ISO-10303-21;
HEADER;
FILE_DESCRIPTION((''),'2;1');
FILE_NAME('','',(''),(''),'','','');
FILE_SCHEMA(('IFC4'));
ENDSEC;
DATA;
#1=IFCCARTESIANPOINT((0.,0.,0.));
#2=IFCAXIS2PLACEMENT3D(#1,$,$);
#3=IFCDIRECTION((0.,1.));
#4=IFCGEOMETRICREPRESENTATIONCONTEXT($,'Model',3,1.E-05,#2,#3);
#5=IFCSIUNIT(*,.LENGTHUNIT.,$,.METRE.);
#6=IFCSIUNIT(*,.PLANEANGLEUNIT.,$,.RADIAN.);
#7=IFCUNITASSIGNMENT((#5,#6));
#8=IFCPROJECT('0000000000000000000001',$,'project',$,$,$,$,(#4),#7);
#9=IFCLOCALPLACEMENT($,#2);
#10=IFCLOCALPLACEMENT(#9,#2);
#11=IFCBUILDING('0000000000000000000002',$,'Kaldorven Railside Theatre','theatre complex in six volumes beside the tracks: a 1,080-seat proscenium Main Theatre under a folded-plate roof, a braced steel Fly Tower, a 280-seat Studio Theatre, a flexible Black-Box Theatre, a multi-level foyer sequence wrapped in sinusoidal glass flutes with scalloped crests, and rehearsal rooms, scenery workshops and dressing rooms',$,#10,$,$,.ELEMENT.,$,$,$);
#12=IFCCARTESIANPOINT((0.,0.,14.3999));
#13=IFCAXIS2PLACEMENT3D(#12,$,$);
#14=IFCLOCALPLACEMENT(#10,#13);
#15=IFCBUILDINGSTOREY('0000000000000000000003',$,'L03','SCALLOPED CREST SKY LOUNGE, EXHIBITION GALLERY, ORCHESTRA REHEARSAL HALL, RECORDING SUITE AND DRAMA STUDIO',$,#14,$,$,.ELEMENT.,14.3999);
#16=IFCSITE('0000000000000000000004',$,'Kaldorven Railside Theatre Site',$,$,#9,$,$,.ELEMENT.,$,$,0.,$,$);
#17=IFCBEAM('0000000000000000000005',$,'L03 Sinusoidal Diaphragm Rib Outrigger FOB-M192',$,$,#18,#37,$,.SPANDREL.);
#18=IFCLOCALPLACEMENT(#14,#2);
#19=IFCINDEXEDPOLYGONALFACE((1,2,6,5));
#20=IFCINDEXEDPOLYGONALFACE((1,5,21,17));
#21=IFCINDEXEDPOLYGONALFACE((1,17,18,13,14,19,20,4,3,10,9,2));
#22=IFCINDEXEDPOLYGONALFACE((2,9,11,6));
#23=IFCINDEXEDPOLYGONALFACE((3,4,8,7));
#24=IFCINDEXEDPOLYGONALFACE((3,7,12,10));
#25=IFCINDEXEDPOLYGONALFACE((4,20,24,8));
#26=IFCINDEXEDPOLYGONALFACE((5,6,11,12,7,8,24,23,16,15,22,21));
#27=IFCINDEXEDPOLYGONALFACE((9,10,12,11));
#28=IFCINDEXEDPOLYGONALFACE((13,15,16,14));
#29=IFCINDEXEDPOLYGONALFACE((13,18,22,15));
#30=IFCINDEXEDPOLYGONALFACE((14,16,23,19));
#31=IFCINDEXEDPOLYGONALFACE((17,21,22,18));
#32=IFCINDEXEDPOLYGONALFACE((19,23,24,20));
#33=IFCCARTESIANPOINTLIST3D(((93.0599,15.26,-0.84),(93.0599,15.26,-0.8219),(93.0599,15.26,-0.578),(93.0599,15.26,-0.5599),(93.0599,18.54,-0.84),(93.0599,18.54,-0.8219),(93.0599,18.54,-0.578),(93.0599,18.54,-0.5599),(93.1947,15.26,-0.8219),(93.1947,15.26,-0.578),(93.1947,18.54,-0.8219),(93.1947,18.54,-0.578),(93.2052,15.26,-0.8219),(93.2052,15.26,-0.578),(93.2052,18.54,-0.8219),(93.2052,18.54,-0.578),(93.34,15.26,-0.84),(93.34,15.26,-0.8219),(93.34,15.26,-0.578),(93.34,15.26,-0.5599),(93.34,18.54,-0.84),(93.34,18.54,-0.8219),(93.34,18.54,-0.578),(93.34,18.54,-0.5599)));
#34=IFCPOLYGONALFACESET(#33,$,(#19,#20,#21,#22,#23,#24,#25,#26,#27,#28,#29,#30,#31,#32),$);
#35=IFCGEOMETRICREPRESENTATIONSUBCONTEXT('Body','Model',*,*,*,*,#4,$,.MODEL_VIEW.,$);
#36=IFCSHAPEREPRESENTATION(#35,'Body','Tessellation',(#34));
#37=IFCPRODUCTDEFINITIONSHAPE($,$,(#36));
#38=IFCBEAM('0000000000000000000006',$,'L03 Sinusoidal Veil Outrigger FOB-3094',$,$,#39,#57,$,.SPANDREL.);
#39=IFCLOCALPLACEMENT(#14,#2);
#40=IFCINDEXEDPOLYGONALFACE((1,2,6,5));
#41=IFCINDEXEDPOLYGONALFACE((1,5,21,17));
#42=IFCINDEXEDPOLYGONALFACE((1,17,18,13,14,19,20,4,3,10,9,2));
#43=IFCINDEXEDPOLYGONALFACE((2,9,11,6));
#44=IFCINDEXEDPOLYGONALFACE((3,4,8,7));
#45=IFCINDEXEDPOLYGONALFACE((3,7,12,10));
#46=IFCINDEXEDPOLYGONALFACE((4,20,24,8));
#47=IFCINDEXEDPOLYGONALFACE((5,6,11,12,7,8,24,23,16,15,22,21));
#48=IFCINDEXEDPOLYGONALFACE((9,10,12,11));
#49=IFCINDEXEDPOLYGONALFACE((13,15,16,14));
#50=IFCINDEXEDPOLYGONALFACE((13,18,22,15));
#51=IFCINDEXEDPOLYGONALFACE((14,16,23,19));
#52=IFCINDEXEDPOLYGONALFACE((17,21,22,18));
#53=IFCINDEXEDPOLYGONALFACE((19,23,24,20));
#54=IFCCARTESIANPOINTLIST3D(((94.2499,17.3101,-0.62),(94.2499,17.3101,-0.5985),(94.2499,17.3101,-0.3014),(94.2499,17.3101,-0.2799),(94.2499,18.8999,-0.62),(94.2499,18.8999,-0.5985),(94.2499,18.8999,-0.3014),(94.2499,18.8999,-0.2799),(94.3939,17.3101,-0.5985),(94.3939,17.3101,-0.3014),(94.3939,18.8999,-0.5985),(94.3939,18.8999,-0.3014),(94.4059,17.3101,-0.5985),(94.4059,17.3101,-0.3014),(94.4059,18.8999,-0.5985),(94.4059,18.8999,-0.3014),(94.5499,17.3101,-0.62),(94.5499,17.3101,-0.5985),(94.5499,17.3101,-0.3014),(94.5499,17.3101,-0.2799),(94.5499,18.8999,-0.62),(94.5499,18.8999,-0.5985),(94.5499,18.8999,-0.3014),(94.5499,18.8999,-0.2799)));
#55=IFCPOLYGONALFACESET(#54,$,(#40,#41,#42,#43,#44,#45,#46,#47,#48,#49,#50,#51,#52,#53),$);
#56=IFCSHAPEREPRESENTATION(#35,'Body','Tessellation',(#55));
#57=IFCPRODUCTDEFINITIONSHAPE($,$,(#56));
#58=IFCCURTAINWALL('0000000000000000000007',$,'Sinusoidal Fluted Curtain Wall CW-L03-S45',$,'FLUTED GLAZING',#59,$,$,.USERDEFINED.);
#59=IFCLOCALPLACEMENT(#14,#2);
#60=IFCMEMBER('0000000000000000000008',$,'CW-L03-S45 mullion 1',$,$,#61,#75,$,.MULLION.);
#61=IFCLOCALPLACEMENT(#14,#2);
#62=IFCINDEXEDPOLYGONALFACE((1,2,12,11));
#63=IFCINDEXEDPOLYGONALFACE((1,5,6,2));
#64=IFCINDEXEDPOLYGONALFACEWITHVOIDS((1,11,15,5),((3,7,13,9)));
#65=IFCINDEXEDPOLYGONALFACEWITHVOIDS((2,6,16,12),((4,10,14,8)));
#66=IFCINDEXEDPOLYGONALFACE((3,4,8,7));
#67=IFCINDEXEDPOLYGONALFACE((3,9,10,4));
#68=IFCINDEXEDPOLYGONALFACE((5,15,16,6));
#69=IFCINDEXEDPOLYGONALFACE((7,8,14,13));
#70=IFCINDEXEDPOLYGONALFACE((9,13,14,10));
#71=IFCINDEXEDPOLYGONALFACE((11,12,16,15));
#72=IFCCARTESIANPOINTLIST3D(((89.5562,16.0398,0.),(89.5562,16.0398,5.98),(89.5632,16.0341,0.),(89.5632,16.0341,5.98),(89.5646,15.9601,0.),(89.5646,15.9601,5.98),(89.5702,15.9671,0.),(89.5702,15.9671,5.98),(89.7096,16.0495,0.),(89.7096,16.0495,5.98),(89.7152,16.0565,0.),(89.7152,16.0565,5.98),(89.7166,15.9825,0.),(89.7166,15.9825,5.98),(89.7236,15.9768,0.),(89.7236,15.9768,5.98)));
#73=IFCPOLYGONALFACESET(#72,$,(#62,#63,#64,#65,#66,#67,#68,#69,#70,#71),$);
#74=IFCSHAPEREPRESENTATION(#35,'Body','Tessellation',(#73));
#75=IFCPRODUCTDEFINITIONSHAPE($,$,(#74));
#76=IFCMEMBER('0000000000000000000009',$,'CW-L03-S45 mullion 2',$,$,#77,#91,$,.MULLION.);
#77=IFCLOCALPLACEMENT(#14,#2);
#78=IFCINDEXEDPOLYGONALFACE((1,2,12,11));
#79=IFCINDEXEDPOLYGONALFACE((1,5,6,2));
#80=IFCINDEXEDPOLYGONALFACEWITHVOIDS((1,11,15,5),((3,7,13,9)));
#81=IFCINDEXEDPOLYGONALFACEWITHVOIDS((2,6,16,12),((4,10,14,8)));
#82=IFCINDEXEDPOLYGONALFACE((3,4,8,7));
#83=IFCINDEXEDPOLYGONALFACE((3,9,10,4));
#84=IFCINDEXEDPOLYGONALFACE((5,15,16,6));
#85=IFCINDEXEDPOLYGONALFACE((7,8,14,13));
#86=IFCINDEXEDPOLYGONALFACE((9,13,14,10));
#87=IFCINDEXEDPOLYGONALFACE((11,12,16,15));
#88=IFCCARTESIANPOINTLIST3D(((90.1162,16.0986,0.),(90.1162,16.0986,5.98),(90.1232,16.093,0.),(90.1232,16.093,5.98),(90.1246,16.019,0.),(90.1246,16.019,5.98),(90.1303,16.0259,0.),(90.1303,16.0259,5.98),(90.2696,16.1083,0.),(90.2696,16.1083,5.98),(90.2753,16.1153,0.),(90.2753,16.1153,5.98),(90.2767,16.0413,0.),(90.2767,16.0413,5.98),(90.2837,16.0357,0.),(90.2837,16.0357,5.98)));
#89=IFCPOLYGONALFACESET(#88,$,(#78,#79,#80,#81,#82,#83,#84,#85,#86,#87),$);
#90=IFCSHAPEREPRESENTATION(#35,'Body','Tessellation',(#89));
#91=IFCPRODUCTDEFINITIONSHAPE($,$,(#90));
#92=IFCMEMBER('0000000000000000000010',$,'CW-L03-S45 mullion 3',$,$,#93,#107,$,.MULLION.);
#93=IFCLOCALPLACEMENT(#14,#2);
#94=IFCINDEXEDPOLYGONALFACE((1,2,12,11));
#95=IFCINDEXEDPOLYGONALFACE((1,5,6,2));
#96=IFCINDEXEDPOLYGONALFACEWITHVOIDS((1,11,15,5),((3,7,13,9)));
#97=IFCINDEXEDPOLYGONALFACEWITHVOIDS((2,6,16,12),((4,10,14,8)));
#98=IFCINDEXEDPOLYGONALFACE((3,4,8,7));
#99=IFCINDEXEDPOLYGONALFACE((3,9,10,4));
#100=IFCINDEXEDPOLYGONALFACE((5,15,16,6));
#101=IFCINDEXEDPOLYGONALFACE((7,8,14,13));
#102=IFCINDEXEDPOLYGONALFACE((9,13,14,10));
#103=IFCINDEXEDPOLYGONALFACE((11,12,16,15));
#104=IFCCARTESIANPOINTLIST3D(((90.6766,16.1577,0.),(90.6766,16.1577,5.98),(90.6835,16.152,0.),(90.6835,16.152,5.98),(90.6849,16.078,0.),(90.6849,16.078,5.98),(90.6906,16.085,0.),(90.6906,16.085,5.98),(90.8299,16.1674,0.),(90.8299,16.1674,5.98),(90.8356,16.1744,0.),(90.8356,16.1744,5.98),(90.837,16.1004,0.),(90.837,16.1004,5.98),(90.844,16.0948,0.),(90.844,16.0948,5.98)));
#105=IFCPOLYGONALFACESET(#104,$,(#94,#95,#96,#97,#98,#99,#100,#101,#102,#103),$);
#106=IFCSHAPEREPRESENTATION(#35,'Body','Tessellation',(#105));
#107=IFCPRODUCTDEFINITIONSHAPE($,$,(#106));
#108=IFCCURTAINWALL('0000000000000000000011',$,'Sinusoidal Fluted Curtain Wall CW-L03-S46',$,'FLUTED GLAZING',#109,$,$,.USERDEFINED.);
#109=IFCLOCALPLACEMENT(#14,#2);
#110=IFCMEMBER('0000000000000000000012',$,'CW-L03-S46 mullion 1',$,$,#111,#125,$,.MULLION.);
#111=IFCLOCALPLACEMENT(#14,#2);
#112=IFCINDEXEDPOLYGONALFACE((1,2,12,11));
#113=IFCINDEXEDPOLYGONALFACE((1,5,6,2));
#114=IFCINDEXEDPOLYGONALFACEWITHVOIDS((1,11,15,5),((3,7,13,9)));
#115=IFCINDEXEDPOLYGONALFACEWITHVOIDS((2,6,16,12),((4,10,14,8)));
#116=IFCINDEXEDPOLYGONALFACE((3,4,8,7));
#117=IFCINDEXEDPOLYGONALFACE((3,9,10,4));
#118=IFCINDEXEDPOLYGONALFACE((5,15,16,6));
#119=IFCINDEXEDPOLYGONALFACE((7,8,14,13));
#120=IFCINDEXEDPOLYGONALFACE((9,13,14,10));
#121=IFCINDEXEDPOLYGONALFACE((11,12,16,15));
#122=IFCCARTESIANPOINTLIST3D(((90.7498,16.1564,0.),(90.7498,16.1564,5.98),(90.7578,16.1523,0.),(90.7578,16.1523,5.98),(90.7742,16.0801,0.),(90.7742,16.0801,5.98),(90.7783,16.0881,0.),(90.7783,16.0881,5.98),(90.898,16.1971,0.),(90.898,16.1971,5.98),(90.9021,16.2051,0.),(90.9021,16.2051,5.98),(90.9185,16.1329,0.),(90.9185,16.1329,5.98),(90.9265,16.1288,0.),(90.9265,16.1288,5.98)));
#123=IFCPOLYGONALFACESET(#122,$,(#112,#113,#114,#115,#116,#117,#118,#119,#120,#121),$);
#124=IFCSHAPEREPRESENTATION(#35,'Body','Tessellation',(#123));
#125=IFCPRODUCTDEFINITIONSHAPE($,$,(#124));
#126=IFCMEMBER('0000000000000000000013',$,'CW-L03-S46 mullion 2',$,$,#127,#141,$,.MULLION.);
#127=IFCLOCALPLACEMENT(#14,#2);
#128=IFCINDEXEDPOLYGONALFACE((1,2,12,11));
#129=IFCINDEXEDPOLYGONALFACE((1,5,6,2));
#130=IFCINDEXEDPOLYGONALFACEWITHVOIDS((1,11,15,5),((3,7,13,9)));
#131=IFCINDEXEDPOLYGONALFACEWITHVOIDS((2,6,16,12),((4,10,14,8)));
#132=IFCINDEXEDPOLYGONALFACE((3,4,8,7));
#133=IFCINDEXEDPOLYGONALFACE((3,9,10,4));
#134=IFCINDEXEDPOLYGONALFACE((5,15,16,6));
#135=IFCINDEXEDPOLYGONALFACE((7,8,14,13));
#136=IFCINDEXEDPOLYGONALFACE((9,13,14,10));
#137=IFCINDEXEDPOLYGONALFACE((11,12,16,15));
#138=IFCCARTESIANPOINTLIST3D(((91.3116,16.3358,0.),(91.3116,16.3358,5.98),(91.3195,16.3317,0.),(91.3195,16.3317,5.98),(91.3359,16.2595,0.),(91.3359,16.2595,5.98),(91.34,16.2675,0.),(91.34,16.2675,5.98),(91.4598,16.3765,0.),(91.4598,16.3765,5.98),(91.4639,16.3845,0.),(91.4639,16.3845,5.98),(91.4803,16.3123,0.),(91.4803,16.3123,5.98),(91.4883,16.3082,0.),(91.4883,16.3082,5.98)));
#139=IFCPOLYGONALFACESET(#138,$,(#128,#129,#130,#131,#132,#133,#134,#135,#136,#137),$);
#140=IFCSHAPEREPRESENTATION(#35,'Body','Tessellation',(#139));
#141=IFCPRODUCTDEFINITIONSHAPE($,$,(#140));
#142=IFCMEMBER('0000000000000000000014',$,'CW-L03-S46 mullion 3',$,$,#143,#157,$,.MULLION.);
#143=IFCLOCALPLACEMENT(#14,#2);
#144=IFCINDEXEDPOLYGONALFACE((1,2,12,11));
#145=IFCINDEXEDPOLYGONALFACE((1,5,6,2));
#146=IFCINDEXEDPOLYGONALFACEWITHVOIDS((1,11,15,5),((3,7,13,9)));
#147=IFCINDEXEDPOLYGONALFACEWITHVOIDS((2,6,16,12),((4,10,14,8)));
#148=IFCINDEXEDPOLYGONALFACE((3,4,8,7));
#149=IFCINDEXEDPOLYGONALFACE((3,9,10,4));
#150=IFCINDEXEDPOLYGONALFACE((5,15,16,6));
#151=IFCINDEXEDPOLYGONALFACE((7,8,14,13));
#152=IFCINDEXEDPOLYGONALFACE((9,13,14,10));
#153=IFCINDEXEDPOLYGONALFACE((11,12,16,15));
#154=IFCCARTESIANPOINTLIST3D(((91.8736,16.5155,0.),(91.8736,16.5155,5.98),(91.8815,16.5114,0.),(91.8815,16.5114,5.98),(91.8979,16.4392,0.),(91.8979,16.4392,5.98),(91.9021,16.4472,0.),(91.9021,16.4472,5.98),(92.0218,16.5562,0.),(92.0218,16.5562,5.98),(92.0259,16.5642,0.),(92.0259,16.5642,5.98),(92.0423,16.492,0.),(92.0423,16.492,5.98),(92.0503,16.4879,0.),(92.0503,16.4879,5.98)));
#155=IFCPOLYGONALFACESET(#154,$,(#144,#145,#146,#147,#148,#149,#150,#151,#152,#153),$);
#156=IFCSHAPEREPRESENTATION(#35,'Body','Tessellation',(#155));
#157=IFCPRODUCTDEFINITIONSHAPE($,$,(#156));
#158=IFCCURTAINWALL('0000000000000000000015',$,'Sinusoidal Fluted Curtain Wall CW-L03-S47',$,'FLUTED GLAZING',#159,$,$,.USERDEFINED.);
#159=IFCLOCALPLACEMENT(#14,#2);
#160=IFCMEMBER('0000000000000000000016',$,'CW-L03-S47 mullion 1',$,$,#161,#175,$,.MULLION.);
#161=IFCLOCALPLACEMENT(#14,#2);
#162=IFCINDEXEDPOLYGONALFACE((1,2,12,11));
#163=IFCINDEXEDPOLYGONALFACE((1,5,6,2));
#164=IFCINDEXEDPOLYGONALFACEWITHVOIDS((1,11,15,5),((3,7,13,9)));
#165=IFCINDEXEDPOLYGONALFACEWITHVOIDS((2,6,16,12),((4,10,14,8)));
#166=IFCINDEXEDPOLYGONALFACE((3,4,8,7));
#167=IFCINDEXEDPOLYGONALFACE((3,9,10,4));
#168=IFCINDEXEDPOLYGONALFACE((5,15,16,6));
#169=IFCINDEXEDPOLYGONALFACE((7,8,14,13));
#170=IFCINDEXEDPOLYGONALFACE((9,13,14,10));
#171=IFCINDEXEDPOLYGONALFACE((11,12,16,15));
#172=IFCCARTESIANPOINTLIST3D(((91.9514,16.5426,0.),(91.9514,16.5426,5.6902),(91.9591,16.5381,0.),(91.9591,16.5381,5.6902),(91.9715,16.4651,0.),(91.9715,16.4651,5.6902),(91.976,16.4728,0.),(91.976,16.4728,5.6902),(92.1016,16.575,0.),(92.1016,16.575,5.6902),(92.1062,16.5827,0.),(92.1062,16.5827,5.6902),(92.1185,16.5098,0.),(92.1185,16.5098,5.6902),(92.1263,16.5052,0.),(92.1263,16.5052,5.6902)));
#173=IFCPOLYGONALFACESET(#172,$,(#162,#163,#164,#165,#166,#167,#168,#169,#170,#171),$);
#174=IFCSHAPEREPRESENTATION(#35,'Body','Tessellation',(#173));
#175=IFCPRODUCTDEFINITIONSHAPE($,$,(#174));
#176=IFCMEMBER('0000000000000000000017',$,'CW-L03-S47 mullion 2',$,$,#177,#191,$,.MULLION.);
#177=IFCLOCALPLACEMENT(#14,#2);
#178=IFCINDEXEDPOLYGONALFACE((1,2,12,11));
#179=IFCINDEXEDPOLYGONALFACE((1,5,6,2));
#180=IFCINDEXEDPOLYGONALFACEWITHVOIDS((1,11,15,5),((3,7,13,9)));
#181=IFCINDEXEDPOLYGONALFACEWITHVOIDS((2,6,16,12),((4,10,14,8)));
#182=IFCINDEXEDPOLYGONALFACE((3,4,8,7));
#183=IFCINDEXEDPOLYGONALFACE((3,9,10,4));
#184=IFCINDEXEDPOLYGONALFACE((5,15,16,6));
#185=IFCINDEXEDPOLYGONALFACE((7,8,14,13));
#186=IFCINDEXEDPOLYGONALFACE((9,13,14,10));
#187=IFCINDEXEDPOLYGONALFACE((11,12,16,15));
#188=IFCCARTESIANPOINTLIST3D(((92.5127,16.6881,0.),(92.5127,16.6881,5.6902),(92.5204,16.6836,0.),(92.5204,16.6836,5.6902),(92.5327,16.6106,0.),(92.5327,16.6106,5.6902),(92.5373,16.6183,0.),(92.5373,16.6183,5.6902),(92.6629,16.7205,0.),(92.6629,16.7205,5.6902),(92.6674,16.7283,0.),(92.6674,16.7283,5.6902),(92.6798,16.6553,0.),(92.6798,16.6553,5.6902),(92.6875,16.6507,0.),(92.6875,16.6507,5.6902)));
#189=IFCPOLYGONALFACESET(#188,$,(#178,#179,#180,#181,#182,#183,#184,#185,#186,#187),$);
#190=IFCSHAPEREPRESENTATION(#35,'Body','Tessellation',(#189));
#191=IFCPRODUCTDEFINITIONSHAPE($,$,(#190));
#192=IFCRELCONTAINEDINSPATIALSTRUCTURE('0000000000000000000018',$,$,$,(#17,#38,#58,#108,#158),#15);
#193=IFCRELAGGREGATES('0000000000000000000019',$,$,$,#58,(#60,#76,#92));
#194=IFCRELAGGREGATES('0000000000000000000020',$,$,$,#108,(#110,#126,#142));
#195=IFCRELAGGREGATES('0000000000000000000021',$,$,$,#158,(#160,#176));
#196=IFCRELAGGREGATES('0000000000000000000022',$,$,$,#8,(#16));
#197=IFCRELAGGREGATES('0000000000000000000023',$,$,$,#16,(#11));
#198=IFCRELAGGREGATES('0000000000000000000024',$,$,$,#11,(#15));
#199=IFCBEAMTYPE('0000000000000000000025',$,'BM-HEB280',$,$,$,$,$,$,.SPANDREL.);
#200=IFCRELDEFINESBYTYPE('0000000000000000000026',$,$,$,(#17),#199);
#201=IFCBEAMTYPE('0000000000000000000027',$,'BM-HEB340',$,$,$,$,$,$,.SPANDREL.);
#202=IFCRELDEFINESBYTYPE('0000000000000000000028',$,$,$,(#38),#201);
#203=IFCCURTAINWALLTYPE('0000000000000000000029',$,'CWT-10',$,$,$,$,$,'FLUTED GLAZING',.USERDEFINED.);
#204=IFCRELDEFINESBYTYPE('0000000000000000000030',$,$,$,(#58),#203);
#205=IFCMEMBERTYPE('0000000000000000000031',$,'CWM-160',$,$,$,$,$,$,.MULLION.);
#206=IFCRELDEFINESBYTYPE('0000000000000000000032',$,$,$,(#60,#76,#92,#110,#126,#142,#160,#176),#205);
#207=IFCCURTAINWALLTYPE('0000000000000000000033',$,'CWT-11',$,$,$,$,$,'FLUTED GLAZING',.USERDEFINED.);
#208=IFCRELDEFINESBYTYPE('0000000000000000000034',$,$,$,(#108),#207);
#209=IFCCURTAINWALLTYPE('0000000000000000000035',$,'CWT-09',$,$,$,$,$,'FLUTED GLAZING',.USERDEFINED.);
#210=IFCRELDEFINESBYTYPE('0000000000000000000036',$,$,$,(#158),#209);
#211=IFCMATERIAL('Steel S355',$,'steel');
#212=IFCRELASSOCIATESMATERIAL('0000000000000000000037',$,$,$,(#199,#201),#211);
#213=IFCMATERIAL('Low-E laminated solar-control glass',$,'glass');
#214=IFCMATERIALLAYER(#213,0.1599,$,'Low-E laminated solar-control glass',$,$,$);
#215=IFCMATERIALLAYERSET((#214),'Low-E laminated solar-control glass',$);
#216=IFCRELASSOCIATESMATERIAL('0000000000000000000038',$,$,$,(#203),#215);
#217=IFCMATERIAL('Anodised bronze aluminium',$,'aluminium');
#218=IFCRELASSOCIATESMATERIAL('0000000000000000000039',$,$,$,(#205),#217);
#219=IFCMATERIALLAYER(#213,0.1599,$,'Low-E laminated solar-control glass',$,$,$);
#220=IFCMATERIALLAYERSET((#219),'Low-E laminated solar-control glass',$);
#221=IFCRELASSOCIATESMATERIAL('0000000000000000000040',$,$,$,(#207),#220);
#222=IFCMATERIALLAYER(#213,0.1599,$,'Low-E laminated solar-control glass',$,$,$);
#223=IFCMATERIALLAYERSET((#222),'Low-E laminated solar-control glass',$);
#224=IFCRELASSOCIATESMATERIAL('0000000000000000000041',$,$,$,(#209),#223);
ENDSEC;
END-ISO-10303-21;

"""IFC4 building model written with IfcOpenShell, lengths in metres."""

from ifc_helpers import new_model, si_unit, direction, frame, origin, origin_2d, place, context, subcontext, project, spatial, hollow_rectangle, i_section, extrude, material, layer, layer_set, material_profile, profile_set, type_object, element, aggregate, save


model = new_model("IFC4")

# Units and contexts
model_context = context("Model", 3, precision=1e-05, world=origin(), true_north=direction((0.0, 1.0)))
body_context = subcontext(model_context, "Body", "Model", "MODEL_VIEW")
ifc_project = project(units=[si_unit("LENGTHUNIT", "METRE"), si_unit("PLANEANGLEUNIT", "RADIAN")], contexts=[model_context])

# Site, building, storey
site_placement = place(None, origin())
site = spatial("IfcSite", under=ifc_project, at=site_placement, Name="Kaldorven Railside Theatre Site", CompositionType="ELEMENT", RefElevation=0.0)
building_placement = place(site_placement, origin())
building = spatial("IfcBuilding", under=site, at=building_placement, Name="Kaldorven Railside Theatre", Description="theatre complex in six volumes beside the tracks: a 1,080-seat proscenium Main Theatre under a folded-plate roof, a braced steel Fly Tower, a 280-seat Studio Theatre, a flexible Black-Box Theatre, a multi-level foyer sequence wrapped in sinusoidal glass flutes with scalloped crests, and rehearsal rooms, scenery workshops and dressing rooms", CompositionType="ELEMENT")
storey_placement = place(building_placement, frame((0.0, 0.0, 14.3999)))
storey = spatial("IfcBuildingStorey", under=building, at=storey_placement, Name="L03", Description="SCALLOPED CREST SKY LOUNGE, EXHIBITION GALLERY, ORCHESTRA REHEARSAL HALL, RECORDING SUITE AND DRAMA STUDIO", CompositionType="ELEMENT", Elevation=14.3999)

# Beams
ifc_material_1 = material(Name="Steel S355", Category="steel")
ifc_material_profile_1 = material_profile(ifc_material_1, i_section(OverallWidth=0.28, OverallDepth=0.28, WebThickness=0.0105, FlangeThickness=0.0181, at=origin_2d()), Name="HEB 280")
ifc_profile_set_1 = profile_set([ifc_material_profile_1], Name="Steel S355")
beam_type_1 = type_object("IfcBeamType", Name="BM-HEB280", PredefinedType="SPANDREL", material=ifc_profile_set_1)
beam_1_placement = place(storey_placement, frame((93.2, 15.26, -0.7), z_axis=(0.0, 1.0, 0.0), x_axis=(-1.0, 0.0, 0.0)))
element("IfcBeam", 1, at=beam_1_placement, inside=storey, type_object=beam_type_1, Name="L03 Sinusoidal Diaphragm Rib Outrigger FOB-M192", PredefinedType="SPANDREL", context=body_context, shape_type="SweptSolid", body=[
    extrude(i_section(OverallWidth=0.28, OverallDepth=0.28, WebThickness=0.0105, FlangeThickness=0.0181, at=origin_2d()), origin(), (0.0, 0.0, 1.0), 3.28),
])
ifc_material_profile_2 = material_profile(ifc_material_1, i_section(OverallWidth=0.3, OverallDepth=0.3401, WebThickness=0.012, FlangeThickness=0.0215, at=origin_2d()), Name="HEB 340")
ifc_profile_set_2 = profile_set([ifc_material_profile_2], Name="Steel S355")
beam_type_2 = type_object("IfcBeamType", Name="BM-HEB340", PredefinedType="SPANDREL", material=ifc_profile_set_2)
beam_2_placement = place(storey_placement, frame((94.3999, 17.3101, -0.45), z_axis=(0.0, 1.0, 0.0), x_axis=(-1.0, 0.0, 0.0)))
element("IfcBeam", 2, at=beam_2_placement, inside=storey, type_object=beam_type_2, Name="L03 Sinusoidal Veil Outrigger FOB-3094", PredefinedType="SPANDREL", context=body_context, shape_type="SweptSolid", body=[
    extrude(i_section(OverallWidth=0.3, OverallDepth=0.3401, WebThickness=0.012, FlangeThickness=0.0215, at=origin_2d()), origin(), (0.0, 0.0, 1.0), 1.5898),
])

# Curtain walls, members
ifc_material_2 = material(Name="Low-E laminated solar-control glass", Category="glass")
ifc_layer_1 = layer(ifc_material_2, 0.1599, Name="Low-E laminated solar-control glass")
ifc_layer_set_1 = layer_set([ifc_layer_1], Name="Low-E laminated solar-control glass")
curtain_wall_type_1 = type_object("IfcCurtainWallType", Name="CWT-10", ElementType="FLUTED GLAZING", PredefinedType="USERDEFINED", material=ifc_layer_set_1)
curtain_wall_1_placement = place(storey_placement, origin())
curtain_wall_1 = element("IfcCurtainWall", 3, at=curtain_wall_1_placement, inside=storey, type_object=curtain_wall_type_1, Name="Sinusoidal Fluted Curtain Wall CW-L03-S45", ObjectType="FLUTED GLAZING", PredefinedType="USERDEFINED")
ifc_material_3 = material(Name="Anodised bronze aluminium", Category="aluminium")
ifc_material_profile_3 = material_profile(ifc_material_3, hollow_rectangle(XDim=0.0801, YDim=0.1599, WallThickness=0.0063, at=origin_2d()), Name="RHS 160x80x6.3")
ifc_profile_set_3 = profile_set([ifc_material_profile_3], Name="Anodised bronze aluminium")
member_type_1 = type_object("IfcMemberType", Name="CWM-160", PredefinedType="MULLION", material=ifc_profile_set_3)
member_1_placement = place(storey_placement, frame((89.6399, 16.0083, 0.0), z_axis=(0.0, 0.0, 1.0), x_axis=(-0.104508, 0.994524, 0.0)))
member_1 = element("IfcMember", 4, at=member_1_placement, type_object=member_type_1, Name="CW-L03-S45 mullion 1", PredefinedType="MULLION", context=body_context, shape_type="SweptSolid", body=[
    extrude(hollow_rectangle(XDim=0.0801, YDim=0.1599, WallThickness=0.0063, at=origin_2d()), origin(), (0.0, 0.0, 1.0), 5.98),
])
member_2_placement = place(storey_placement, frame((90.2, 16.0671, 0.0), z_axis=(0.0, 0.0, 1.0), x_axis=(-0.104508, 0.994524, 0.0)))
member_2 = element("IfcMember", 5, at=member_2_placement, type_object=member_type_1, Name="CW-L03-S45 mullion 2", PredefinedType="MULLION", context=body_context, shape_type="SweptSolid", body=[
    extrude(hollow_rectangle(XDim=0.0801, YDim=0.1599, WallThickness=0.0063, at=origin_2d()), origin(), (0.0, 0.0, 1.0), 5.98),
])
member_3_placement = place(storey_placement, frame((90.7603, 16.1262, 0.0), z_axis=(0.0, 0.0, 1.0), x_axis=(-0.104508, 0.994524, 0.0)))
member_3 = element("IfcMember", 6, at=member_3_placement, type_object=member_type_1, Name="CW-L03-S45 mullion 3", PredefinedType="MULLION", context=body_context, shape_type="SweptSolid", body=[
    extrude(hollow_rectangle(XDim=0.0801, YDim=0.1599, WallThickness=0.0063, at=origin_2d()), origin(), (0.0, 0.0, 1.0), 5.98),
])
ifc_layer_2 = layer(ifc_material_2, 0.1599, Name="Low-E laminated solar-control glass")
ifc_layer_set_2 = layer_set([ifc_layer_2], Name="Low-E laminated solar-control glass")
curtain_wall_type_2 = type_object("IfcCurtainWallType", Name="CWT-11", ElementType="FLUTED GLAZING", PredefinedType="USERDEFINED", material=ifc_layer_set_2)
curtain_wall_2_placement = place(storey_placement, origin())
curtain_wall_2 = element("IfcCurtainWall", 7, at=curtain_wall_2_placement, inside=storey, type_object=curtain_wall_type_2, Name="Sinusoidal Fluted Curtain Wall CW-L03-S46", ObjectType="FLUTED GLAZING", PredefinedType="USERDEFINED")
member_4_placement = place(storey_placement, frame((90.8381, 16.1426, 0.0), z_axis=(0.0, 0.0, 1.0), x_axis=(-0.304488, 0.952516, 0.0)))
member_4 = element("IfcMember", 8, at=member_4_placement, type_object=member_type_1, Name="CW-L03-S46 mullion 1", PredefinedType="MULLION", context=body_context, shape_type="SweptSolid", body=[
    extrude(hollow_rectangle(XDim=0.0801, YDim=0.1599, WallThickness=0.0063, at=origin_2d()), origin(), (0.0, 0.0, 1.0), 5.98),
])
member_5_placement = place(storey_placement, frame((91.3999, 16.322, 0.0), z_axis=(0.0, 0.0, 1.0), x_axis=(-0.304488, 0.952516, 0.0)))
member_5 = element("IfcMember", 9, at=member_5_placement, type_object=member_type_1, Name="CW-L03-S46 mullion 2", PredefinedType="MULLION", context=body_context, shape_type="SweptSolid", body=[
    extrude(hollow_rectangle(XDim=0.0801, YDim=0.1599, WallThickness=0.0063, at=origin_2d()), origin(), (0.0, 0.0, 1.0), 5.98),
])
member_6_placement = place(storey_placement, frame((91.9619, 16.5017, 0.0), z_axis=(0.0, 0.0, 1.0), x_axis=(-0.304488, 0.952516, 0.0)))
member_6 = element("IfcMember", 10, at=member_6_placement, type_object=member_type_1, Name="CW-L03-S46 mullion 3", PredefinedType="MULLION", context=body_context, shape_type="SweptSolid", body=[
    extrude(hollow_rectangle(XDim=0.0801, YDim=0.1599, WallThickness=0.0063, at=origin_2d()), origin(), (0.0, 0.0, 1.0), 5.98),
])
ifc_layer_3 = layer(ifc_material_2, 0.1599, Name="Low-E laminated solar-control glass")
ifc_layer_set_3 = layer_set([ifc_layer_3], Name="Low-E laminated solar-control glass")
curtain_wall_type_3 = type_object("IfcCurtainWallType", Name="CWT-09", ElementType="FLUTED GLAZING", PredefinedType="USERDEFINED", material=ifc_layer_set_3)
curtain_wall_3_placement = place(storey_placement, origin())
curtain_wall_3 = element("IfcCurtainWall", 11, at=curtain_wall_3_placement, inside=storey, type_object=curtain_wall_type_3, Name="Sinusoidal Fluted Curtain Wall CW-L03-S47", ObjectType="FLUTED GLAZING", PredefinedType="USERDEFINED")
member_7_placement = place(storey_placement, frame((92.0388, 16.5239, 0.0), z_axis=(0.0, 0.0, 1.0), x_axis=(-0.250954, 0.967999, 0.0)))
member_7 = element("IfcMember", 12, at=member_7_placement, type_object=member_type_1, Name="CW-L03-S47 mullion 1", PredefinedType="MULLION", context=body_context, shape_type="SweptSolid", body=[
    extrude(hollow_rectangle(XDim=0.0801, YDim=0.1599, WallThickness=0.0063, at=origin_2d()), origin(), (0.0, 0.0, 1.0), 5.6902),
])
member_8_placement = place(storey_placement, frame((92.6001, 16.6694, 0.0), z_axis=(0.0, 0.0, 1.0), x_axis=(-0.250954, 0.967999, 0.0)))
member_8 = element("IfcMember", 13, at=member_8_placement, type_object=member_type_1, Name="CW-L03-S47 mullion 2", PredefinedType="MULLION", context=body_context, shape_type="SweptSolid", body=[
    extrude(hollow_rectangle(XDim=0.0801, YDim=0.1599, WallThickness=0.0063, at=origin_2d()), origin(), (0.0, 0.0, 1.0), 5.6902),
])

aggregate(curtain_wall_1, [member_1, member_2, member_3])
aggregate(curtain_wall_2, [member_4, member_5, member_6])
aggregate(curtain_wall_3, [member_7, member_8])

save(model, "model.ifc")
